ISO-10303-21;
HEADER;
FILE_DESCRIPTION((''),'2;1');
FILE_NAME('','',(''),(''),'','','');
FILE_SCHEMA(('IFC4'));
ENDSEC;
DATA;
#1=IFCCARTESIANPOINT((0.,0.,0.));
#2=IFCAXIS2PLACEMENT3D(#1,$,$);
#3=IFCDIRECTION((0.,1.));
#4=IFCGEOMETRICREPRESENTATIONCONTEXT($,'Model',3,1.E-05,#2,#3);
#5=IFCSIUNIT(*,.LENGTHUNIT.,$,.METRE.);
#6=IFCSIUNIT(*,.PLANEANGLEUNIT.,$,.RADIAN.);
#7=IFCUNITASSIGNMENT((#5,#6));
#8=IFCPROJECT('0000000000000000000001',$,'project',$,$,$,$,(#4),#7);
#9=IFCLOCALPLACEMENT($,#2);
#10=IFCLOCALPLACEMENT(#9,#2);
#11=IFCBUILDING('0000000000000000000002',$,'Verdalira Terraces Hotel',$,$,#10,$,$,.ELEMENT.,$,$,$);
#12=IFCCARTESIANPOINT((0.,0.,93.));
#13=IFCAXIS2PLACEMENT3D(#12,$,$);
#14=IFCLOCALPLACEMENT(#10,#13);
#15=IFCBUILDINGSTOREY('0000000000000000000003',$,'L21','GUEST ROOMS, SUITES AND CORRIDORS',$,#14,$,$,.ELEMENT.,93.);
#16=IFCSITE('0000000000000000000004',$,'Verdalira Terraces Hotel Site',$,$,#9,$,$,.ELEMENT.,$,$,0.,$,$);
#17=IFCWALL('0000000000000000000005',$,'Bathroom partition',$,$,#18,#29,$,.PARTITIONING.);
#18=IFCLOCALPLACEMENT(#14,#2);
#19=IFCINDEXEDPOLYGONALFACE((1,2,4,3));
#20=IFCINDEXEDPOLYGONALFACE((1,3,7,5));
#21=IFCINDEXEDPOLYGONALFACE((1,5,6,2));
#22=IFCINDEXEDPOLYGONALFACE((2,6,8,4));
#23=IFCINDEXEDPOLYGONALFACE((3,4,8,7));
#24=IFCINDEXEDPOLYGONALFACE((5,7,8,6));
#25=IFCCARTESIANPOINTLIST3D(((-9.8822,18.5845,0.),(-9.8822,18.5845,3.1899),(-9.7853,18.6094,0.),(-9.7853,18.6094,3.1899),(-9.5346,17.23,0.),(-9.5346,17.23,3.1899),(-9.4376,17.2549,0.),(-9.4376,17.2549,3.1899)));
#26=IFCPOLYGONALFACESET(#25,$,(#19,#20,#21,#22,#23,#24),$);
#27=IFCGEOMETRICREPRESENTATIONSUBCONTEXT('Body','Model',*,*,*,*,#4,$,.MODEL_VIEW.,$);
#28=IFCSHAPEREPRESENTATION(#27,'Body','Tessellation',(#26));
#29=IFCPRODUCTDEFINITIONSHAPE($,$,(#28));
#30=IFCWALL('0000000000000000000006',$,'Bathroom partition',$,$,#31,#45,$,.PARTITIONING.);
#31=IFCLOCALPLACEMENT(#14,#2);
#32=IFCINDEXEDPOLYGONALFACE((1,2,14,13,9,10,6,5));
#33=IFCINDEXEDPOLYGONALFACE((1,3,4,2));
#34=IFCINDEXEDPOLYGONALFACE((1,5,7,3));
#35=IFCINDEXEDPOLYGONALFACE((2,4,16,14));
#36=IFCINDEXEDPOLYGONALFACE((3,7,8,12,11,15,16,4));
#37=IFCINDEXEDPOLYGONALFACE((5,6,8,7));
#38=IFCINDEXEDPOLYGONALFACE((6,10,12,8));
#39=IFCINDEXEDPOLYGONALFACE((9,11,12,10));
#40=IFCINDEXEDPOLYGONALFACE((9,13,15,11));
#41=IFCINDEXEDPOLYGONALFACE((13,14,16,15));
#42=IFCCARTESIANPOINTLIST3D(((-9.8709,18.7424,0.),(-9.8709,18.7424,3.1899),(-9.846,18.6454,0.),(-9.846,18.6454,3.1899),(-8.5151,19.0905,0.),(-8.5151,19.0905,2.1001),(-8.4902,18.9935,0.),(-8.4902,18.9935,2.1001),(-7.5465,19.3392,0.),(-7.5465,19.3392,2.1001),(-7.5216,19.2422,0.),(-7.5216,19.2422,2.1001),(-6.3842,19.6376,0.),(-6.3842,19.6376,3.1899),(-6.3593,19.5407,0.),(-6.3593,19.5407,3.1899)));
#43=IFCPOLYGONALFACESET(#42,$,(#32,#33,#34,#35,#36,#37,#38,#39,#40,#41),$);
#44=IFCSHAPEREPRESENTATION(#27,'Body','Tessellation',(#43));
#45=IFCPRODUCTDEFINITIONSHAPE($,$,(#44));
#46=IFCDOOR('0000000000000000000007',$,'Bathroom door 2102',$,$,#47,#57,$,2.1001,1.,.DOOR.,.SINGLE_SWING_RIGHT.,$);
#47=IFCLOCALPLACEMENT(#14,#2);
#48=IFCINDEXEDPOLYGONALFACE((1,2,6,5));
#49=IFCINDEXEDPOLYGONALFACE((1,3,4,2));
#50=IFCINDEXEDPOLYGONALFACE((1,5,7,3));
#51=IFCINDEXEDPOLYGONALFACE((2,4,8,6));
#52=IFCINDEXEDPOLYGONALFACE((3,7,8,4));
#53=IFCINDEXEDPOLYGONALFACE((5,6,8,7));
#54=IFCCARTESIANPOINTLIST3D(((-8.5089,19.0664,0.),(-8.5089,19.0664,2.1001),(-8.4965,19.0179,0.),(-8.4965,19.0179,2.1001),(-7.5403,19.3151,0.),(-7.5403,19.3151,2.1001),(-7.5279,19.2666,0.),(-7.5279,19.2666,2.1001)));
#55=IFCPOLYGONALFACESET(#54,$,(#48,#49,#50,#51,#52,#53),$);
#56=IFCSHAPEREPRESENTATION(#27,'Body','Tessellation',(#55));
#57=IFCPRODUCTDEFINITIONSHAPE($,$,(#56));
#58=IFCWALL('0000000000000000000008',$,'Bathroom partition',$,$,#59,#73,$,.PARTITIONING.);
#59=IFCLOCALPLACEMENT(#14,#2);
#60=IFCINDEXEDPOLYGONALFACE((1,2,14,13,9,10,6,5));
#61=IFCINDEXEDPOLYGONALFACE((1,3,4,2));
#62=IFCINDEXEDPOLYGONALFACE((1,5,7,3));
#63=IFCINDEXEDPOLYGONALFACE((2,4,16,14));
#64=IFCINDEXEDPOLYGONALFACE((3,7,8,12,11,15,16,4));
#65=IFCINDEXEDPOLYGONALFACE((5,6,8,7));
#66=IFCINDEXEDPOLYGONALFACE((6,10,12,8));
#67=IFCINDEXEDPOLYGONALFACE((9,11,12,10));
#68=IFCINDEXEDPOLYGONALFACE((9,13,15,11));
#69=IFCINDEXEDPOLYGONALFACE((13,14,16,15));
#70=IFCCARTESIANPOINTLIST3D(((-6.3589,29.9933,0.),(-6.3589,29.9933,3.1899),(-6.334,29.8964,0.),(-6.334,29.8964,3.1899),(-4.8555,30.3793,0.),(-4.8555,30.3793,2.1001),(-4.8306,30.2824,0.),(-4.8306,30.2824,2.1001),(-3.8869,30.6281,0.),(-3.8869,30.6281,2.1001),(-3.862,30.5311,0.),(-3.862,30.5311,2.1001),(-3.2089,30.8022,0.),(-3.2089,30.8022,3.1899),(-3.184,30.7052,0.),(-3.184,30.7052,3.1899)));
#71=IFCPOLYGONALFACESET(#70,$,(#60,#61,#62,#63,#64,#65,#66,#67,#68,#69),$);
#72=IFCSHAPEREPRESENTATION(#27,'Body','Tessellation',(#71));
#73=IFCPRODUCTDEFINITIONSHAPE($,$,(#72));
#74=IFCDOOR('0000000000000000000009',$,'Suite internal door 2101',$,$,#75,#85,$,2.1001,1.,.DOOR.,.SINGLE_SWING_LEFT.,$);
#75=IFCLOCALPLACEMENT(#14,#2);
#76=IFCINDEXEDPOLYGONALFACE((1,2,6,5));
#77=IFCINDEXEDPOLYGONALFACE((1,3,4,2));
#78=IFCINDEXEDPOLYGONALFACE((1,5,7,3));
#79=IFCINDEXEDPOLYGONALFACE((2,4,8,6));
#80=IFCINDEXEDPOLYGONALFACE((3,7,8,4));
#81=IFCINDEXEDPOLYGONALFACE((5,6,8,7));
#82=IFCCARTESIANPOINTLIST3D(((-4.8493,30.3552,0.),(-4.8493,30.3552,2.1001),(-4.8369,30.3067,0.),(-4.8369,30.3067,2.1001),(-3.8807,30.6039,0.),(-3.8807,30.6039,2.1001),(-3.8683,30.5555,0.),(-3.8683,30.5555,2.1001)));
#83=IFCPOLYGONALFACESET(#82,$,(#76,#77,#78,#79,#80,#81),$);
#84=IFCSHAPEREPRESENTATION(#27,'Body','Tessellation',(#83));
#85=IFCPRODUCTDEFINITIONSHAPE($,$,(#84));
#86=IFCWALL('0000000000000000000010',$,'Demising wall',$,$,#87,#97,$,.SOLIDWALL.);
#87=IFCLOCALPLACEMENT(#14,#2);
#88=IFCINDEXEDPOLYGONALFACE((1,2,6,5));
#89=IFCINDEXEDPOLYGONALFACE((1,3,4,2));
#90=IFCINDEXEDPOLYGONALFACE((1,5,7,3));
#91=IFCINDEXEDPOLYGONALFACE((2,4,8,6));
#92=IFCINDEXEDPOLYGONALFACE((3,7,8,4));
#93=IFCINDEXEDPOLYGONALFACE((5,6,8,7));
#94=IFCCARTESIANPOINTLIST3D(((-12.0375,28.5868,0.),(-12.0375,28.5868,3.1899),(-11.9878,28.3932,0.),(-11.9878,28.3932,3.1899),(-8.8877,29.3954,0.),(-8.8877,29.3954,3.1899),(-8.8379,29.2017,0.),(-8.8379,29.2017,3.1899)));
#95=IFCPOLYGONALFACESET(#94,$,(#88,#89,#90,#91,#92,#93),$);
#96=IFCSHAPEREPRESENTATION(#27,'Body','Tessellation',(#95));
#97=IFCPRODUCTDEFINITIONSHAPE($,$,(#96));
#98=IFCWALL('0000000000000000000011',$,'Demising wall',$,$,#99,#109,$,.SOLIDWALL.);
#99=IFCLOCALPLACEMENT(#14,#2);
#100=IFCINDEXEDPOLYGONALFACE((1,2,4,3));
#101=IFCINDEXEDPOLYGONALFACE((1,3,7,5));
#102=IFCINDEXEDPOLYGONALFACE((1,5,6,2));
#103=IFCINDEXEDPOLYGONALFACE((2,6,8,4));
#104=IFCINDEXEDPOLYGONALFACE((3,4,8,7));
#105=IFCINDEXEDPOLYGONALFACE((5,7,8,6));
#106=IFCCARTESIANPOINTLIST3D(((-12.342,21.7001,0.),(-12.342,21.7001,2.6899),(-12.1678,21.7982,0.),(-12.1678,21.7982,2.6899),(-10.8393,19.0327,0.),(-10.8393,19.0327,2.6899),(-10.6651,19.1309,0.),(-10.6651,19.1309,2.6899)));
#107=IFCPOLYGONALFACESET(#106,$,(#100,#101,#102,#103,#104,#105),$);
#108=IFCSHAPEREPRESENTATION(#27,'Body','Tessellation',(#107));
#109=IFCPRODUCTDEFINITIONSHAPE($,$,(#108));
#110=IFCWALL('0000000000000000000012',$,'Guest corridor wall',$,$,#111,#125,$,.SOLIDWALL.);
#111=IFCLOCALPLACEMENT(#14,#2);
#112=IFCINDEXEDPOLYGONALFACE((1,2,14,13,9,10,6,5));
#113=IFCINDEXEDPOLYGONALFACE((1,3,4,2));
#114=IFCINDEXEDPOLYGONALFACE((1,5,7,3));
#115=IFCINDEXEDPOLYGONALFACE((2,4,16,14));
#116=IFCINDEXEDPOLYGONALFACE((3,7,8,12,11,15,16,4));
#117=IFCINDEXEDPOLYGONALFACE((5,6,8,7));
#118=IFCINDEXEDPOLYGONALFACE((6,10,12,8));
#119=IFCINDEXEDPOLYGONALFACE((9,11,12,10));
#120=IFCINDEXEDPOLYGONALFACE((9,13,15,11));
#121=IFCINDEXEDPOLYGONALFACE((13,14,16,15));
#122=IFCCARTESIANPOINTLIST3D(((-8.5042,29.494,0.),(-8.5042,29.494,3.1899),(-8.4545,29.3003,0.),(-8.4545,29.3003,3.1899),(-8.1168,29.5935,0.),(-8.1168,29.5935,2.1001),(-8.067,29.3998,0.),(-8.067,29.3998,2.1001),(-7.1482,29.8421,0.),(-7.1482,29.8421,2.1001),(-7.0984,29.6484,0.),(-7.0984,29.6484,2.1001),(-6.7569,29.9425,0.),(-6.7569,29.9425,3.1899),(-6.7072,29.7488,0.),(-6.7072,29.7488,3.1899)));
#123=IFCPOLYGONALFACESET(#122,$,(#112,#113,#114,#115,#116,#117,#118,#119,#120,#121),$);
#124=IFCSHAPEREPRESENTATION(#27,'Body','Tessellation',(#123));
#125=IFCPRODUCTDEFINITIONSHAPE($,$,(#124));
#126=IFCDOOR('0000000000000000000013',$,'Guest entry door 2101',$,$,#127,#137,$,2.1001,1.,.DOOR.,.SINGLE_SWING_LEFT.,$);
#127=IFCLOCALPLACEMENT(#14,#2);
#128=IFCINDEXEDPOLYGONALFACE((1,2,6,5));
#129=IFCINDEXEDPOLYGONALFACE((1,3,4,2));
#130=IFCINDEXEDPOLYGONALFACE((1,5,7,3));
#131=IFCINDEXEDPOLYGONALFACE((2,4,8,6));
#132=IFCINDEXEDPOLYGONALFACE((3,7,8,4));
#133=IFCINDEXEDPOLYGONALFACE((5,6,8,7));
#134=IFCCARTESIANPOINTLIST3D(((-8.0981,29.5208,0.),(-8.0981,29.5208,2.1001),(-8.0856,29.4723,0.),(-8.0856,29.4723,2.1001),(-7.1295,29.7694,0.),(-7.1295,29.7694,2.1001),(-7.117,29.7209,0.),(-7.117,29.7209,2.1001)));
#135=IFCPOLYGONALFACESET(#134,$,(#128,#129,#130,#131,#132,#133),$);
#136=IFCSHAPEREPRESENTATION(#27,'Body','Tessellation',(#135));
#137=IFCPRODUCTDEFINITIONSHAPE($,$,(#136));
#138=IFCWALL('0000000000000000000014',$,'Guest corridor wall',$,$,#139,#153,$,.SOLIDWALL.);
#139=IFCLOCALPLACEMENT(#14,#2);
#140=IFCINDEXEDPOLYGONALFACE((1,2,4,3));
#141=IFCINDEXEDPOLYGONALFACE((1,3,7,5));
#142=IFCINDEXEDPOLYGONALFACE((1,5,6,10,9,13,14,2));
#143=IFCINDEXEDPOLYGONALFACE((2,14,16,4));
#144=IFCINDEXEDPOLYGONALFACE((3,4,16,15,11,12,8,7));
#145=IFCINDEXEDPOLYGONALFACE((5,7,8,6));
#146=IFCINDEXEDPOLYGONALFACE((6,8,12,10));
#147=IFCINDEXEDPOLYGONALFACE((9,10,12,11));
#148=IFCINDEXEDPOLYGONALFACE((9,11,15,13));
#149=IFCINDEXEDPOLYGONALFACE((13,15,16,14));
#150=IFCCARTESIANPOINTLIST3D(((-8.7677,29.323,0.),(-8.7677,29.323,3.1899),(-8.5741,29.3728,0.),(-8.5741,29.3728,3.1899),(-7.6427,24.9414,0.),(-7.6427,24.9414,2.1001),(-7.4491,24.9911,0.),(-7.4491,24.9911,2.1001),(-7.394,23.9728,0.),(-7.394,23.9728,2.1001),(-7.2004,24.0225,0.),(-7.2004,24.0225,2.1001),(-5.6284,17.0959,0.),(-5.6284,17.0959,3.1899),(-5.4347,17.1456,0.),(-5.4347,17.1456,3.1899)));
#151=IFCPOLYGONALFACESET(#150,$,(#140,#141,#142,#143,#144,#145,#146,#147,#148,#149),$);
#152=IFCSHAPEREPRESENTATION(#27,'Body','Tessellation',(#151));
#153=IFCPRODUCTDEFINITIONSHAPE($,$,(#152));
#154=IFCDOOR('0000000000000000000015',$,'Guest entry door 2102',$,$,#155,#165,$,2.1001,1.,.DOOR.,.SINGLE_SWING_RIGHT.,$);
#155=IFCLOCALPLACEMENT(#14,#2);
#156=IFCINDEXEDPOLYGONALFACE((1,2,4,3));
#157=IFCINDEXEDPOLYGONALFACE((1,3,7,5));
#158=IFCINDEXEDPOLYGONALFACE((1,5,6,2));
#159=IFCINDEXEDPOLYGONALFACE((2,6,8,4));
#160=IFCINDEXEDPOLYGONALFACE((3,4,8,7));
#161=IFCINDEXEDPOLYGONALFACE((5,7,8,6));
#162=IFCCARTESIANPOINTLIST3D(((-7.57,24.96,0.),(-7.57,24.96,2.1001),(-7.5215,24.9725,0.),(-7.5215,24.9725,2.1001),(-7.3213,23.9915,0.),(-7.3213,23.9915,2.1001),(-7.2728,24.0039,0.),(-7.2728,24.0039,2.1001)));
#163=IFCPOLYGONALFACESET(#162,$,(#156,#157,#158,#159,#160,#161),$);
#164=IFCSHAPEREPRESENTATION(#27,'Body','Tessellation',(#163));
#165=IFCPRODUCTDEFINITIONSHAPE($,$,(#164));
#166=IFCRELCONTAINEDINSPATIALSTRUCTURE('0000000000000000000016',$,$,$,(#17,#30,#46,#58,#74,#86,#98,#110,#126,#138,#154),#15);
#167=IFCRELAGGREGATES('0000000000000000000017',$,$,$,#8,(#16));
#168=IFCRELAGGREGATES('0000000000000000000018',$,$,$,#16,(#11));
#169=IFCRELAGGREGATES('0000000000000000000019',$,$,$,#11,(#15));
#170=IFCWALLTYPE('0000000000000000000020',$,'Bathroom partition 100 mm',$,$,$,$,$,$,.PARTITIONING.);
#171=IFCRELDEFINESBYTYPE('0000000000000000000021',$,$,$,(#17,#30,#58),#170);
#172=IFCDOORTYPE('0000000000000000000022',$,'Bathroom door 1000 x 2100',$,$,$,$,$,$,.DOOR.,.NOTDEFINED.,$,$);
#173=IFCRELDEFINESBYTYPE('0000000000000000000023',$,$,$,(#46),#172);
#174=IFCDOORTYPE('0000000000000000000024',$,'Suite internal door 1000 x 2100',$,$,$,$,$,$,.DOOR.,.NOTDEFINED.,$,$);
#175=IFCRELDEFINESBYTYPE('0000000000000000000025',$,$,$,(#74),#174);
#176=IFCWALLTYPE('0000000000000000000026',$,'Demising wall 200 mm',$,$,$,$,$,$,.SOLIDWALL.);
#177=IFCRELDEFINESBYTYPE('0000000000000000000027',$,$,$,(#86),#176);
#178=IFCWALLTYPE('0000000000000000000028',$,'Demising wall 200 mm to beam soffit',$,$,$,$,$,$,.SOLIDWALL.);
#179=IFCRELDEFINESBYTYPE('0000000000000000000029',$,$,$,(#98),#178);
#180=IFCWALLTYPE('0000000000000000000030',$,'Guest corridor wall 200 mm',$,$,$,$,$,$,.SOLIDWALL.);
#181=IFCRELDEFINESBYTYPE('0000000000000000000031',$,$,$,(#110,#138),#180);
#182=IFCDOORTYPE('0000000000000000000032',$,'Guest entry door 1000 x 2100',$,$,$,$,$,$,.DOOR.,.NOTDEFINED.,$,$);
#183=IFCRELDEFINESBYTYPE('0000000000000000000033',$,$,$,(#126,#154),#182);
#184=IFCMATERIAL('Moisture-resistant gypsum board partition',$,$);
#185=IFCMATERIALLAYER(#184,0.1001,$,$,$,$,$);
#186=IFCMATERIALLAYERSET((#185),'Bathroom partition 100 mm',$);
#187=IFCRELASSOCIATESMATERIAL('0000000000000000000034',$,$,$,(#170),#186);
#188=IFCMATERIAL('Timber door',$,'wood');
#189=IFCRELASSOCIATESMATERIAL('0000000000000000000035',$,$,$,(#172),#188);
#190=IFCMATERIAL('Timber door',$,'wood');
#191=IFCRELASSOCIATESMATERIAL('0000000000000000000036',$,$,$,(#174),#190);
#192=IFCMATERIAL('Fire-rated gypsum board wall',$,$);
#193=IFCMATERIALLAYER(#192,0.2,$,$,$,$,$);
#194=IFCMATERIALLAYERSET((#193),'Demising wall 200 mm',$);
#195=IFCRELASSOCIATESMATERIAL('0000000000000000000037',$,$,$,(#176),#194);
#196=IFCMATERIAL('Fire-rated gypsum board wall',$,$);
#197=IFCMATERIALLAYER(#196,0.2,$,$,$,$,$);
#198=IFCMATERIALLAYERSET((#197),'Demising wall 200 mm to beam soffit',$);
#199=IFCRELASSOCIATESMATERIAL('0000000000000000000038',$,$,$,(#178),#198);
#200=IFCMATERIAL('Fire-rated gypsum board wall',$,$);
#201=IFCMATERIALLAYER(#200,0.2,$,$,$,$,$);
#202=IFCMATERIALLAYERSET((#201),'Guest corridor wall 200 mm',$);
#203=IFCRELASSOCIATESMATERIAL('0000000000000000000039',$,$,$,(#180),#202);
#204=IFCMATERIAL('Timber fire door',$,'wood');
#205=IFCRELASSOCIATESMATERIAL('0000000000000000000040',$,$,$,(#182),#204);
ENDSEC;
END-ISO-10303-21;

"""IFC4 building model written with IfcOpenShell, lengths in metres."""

from ifc_helpers import new_model, si_unit, direction, frame, frame_2d, origin, place, context, subcontext, project, spatial, rectangle, extrude, material, layer, layer_set, type_object, element, fill, save


model = new_model("IFC4")

# Units and contexts
model_context = context("Model", 3, precision=1e-05, world=origin(), true_north=direction((0.0, 1.0)))
body_context = subcontext(model_context, "Body", "Model", "MODEL_VIEW")
ifc_project = project(units=[si_unit("LENGTHUNIT", "METRE"), si_unit("PLANEANGLEUNIT", "RADIAN")], contexts=[model_context])

# Site, building, storey
site_placement = place(None, origin())
site = spatial("IfcSite", under=ifc_project, at=site_placement, Name="Verdalira Terraces Hotel Site", CompositionType="ELEMENT", RefElevation=0.0)
building_placement = place(site_placement, origin())
building = spatial("IfcBuilding", under=site, at=building_placement, Name="Verdalira Terraces Hotel", CompositionType="ELEMENT")
storey_placement = place(building_placement, frame((0.0, 0.0, 93.0)))
storey = spatial("IfcBuildingStorey", under=building, at=storey_placement, Name="L21", Description="GUEST ROOMS, SUITES AND CORRIDORS", CompositionType="ELEMENT", Elevation=93.0)

# Wall
ifc_material_1 = material(Name="Moisture-resistant gypsum board partition")
ifc_layer_1 = layer(ifc_material_1, 0.1001)
ifc_layer_set_1 = layer_set([ifc_layer_1], Name="Bathroom partition 100 mm")
wall_type_1 = type_object("IfcWallType", Name="Bathroom partition 100 mm", PredefinedType="PARTITIONING", material=ifc_layer_set_1)
wall_1_placement = place(storey_placement, frame((-9.4861, 17.2424, 0.0), z_axis=(0.0, 0.0, 1.0), x_axis=(-0.248611, 0.968604, 0.0)))
element("IfcWall", 1, at=wall_1_placement, inside=storey, type_object=wall_type_1, Name="Bathroom partition", PredefinedType="PARTITIONING", context=body_context, shape_type="SweptSolid", body=[
    extrude(rectangle(XDim=1.3984, YDim=0.1001, at=frame_2d((0.6992, 0.0))), origin(), (0.0, 0.0, 1.0), 3.1899),
])

# Walls, openings, doors
wall_2_placement = place(storey_placement, frame((-6.3718, 19.5891, 0.0), z_axis=(0.0, 0.0, 1.0), x_axis=(-0.968583, -0.24869, 0.0)))
wall_2 = element("IfcWall", 2, at=wall_2_placement, inside=storey, type_object=wall_type_1, Name="Bathroom partition", PredefinedType="PARTITIONING", context=body_context, shape_type="SweptSolid", body=[
    extrude(rectangle(XDim=3.5999, YDim=0.1001, at=frame_2d((1.7998, 0.0))), origin(), (0.0, 0.0, 1.0), 3.1899),
])
opening_1_placement = place(wall_2_placement, frame((1.2, 0.0, 0.0)))
opening_1 = element("IfcOpeningElement", 3, at=opening_1_placement, cuts=wall_2, PredefinedType="OPENING", context=body_context, shape_type="SweptSolid", body=[
    extrude(rectangle(XDim=1.0, YDim=2.1001, at=frame_2d((0.5, 1.05))), frame((0.0, 0.0601, 0.0), z_axis=(0.0, -1.0, 0.0), x_axis=(1.0, 0.0, 0.0)), (0.0, 0.0, 1.0), 0.1201),
])
ifc_material_2 = material(Name="Timber door", Category="wood")
door_type_1 = type_object("IfcDoorType", Name="Bathroom door 1000 x 2100", OperationType="NOTDEFINED", PredefinedType="DOOR", material=ifc_material_2)
door_1_placement = place(opening_1_placement, origin())
door_1 = element("IfcDoor", 4, at=door_1_placement, inside=storey, type_object=door_type_1, Name="Bathroom door 2102", OperationType="SINGLE_SWING_RIGHT", OverallHeight=2.1001, OverallWidth=1.0, PredefinedType="DOOR", context=body_context, shape_type="SweptSolid", body=[
    extrude(rectangle(XDim=1.0, YDim=2.1001, at=frame_2d((0.5, 1.05))), frame((0.0, 0.0249, 0.0), z_axis=(0.0, -1.0, 0.0), x_axis=(1.0, 0.0, 0.0)), (0.0, 0.0, 1.0), 0.05),
])
fill(opening_1, door_1)
wall_3_placement = place(storey_placement, frame((-3.1965, 30.7537, 0.0), z_axis=(0.0, 0.0, 1.0), x_axis=(-0.968577, -0.248713, 0.0)))
wall_3 = element("IfcWall", 5, at=wall_3_placement, inside=storey, type_object=wall_type_1, Name="Bathroom partition", PredefinedType="PARTITIONING", context=body_context, shape_type="SweptSolid", body=[
    extrude(rectangle(XDim=3.2522, YDim=0.1001, at=frame_2d((1.626, 0.0))), origin(), (0.0, 0.0, 1.0), 3.1899),
])
opening_2_placement = place(wall_3_placement, frame((0.7, 0.0, 0.0)))
opening_2 = element("IfcOpeningElement", 6, at=opening_2_placement, cuts=wall_3, PredefinedType="OPENING", context=body_context, shape_type="SweptSolid", body=[
    extrude(rectangle(XDim=1.0, YDim=2.1001, at=frame_2d((0.5, 1.05))), frame((0.0, 0.0601, 0.0), z_axis=(0.0, -1.0, 0.0), x_axis=(1.0, 0.0, 0.0)), (0.0, 0.0, 1.0), 0.1201),
])
ifc_material_3 = material(Name="Timber door", Category="wood")
door_type_2 = type_object("IfcDoorType", Name="Suite internal door 1000 x 2100", OperationType="NOTDEFINED", PredefinedType="DOOR", material=ifc_material_3)
door_2_placement = place(opening_2_placement, origin())
door_2 = element("IfcDoor", 7, at=door_2_placement, inside=storey, type_object=door_type_2, Name="Suite internal door 2101", OperationType="SINGLE_SWING_LEFT", OverallHeight=2.1001, OverallWidth=1.0, PredefinedType="DOOR", context=body_context, shape_type="SweptSolid", body=[
    extrude(rectangle(XDim=1.0, YDim=2.1001, at=frame_2d((0.5, 1.05))), frame((0.0, 0.0249, 0.0), z_axis=(0.0, -1.0, 0.0), x_axis=(1.0, 0.0, 0.0)), (0.0, 0.0, 1.0), 0.05),
])
fill(opening_2, door_2)

# Walls
ifc_material_4 = material(Name="Fire-rated gypsum board wall")
ifc_layer_2 = layer(ifc_material_4, 0.2)
ifc_layer_set_2 = layer_set([ifc_layer_2], Name="Demising wall 200 mm")
wall_type_2 = type_object("IfcWallType", Name="Demising wall 200 mm", PredefinedType="SOLIDWALL", material=ifc_layer_set_2)
wall_4_placement = place(storey_placement, frame((-8.8628, 29.2986, 0.0), z_axis=(0.0, 0.0, 1.0), x_axis=(-0.968595, -0.248643, 0.0)))
element("IfcWall", 8, at=wall_4_placement, inside=storey, type_object=wall_type_2, Name="Demising wall", PredefinedType="SOLIDWALL", context=body_context, shape_type="SweptSolid", body=[
    extrude(rectangle(XDim=3.252, YDim=0.2, at=frame_2d((1.626, 0.0))), origin(), (0.0, 0.0, 1.0), 3.1899),
])
ifc_material_5 = material(Name="Fire-rated gypsum board wall")
ifc_layer_3 = layer(ifc_material_5, 0.2)
ifc_layer_set_3 = layer_set([ifc_layer_3], Name="Demising wall 200 mm to beam soffit")
wall_type_3 = type_object("IfcWallType", Name="Demising wall 200 mm to beam soffit", PredefinedType="SOLIDWALL", material=ifc_layer_set_3)
wall_5_placement = place(storey_placement, frame((-10.7522, 19.0818, 0.0), z_axis=(0.0, 0.0, 1.0), x_axis=(-0.490848, 0.871245, 0.0)))
element("IfcWall", 9, at=wall_5_placement, inside=storey, type_object=wall_type_3, Name="Demising wall", PredefinedType="SOLIDWALL", context=body_context, shape_type="SweptSolid", body=[
    extrude(rectangle(XDim=3.0615, YDim=0.2, at=frame_2d((1.5308, 0.0))), origin(), (0.0, 0.0, 1.0), 2.6899),
])

# Walls, openings, doors
ifc_material_6 = material(Name="Fire-rated gypsum board wall")
ifc_layer_4 = layer(ifc_material_6, 0.2)
ifc_layer_set_4 = layer_set([ifc_layer_4], Name="Guest corridor wall 200 mm")
wall_type_4 = type_object("IfcWallType", Name="Guest corridor wall 200 mm", PredefinedType="SOLIDWALL", material=ifc_layer_set_4)
wall_6_placement = place(storey_placement, frame((-8.4792, 29.3972, 0.0), z_axis=(0.0, 0.0, 1.0), x_axis=(0.968603, 0.248613, 0.0)))
wall_6 = element("IfcWall", 10, at=wall_6_placement, inside=storey, type_object=wall_type_4, Name="Guest corridor wall", PredefinedType="SOLIDWALL", context=body_context, shape_type="SweptSolid", body=[
    extrude(rectangle(XDim=1.804, YDim=0.2, at=frame_2d((0.9019, 0.0))), origin(), (0.0, 0.0, 1.0), 3.1899),
])
opening_3_placement = place(wall_6_placement, frame((0.3999, 0.0, 0.0)))
opening_3 = element("IfcOpeningElement", 11, at=opening_3_placement, cuts=wall_6, PredefinedType="OPENING", context=body_context, shape_type="SweptSolid", body=[
    extrude(rectangle(XDim=1.0, YDim=2.1001, at=frame_2d((0.5, 1.05))), frame((0.0, 0.1099, 0.0), z_axis=(0.0, -1.0, 0.0), x_axis=(1.0, 0.0, 0.0)), (0.0, 0.0, 1.0), 0.22),
])
ifc_material_7 = material(Name="Timber fire door", Category="wood")
door_type_3 = type_object("IfcDoorType", Name="Guest entry door 1000 x 2100", OperationType="NOTDEFINED", PredefinedType="DOOR", material=ifc_material_7)
door_3_placement = place(opening_3_placement, origin())
door_3 = element("IfcDoor", 12, at=door_3_placement, inside=storey, type_object=door_type_3, Name="Guest entry door 2101", OperationType="SINGLE_SWING_LEFT", OverallHeight=2.1001, OverallWidth=1.0, PredefinedType="DOOR", context=body_context, shape_type="SweptSolid", body=[
    extrude(rectangle(XDim=1.0, YDim=2.1001, at=frame_2d((0.5, 1.05))), frame((0.0, 0.0249, 0.0), z_axis=(0.0, -1.0, 0.0), x_axis=(1.0, 0.0, 0.0)), (0.0, 0.0, 1.0), 0.05),
])
fill(opening_3, door_3)
wall_7_placement = place(storey_placement, frame((-5.5315, 17.1206, 0.0), z_axis=(0.0, 0.0, 1.0), x_axis=(-0.248688, 0.968584, 0.0)))
wall_7 = element("IfcWall", 13, at=wall_7_placement, inside=storey, type_object=wall_type_4, Name="Guest corridor wall", PredefinedType="SOLIDWALL", context=body_context, shape_type="SweptSolid", body=[
    extrude(rectangle(XDim=12.6238, YDim=0.2, at=frame_2d((6.312, 0.0))), origin(), (0.0, 0.0, 1.0), 3.1899),
])
opening_4_placement = place(wall_7_placement, frame((7.1001, 0.0, 0.0)))
opening_4 = element("IfcOpeningElement", 14, at=opening_4_placement, cuts=wall_7, PredefinedType="OPENING", context=body_context, shape_type="SweptSolid", body=[
    extrude(rectangle(XDim=1.0, YDim=2.1001, at=frame_2d((0.5, 1.05))), frame((0.0, 0.1099, 0.0), z_axis=(0.0, -1.0, 0.0), x_axis=(1.0, 0.0, 0.0)), (0.0, 0.0, 1.0), 0.22),
])
door_4_placement = place(opening_4_placement, origin())
door_4 = element("IfcDoor", 15, at=door_4_placement, inside=storey, type_object=door_type_3, Name="Guest entry door 2102", OperationType="SINGLE_SWING_RIGHT", OverallHeight=2.1001, OverallWidth=1.0, PredefinedType="DOOR", context=body_context, shape_type="SweptSolid", body=[
    extrude(rectangle(XDim=1.0, YDim=2.1001, at=frame_2d((0.5, 1.05))), frame((0.0, 0.0249, 0.0), z_axis=(0.0, -1.0, 0.0), x_axis=(1.0, 0.0, 0.0)), (0.0, 0.0, 1.0), 0.05),
])
fill(opening_4, door_4)

save(model, "model.ifc")
